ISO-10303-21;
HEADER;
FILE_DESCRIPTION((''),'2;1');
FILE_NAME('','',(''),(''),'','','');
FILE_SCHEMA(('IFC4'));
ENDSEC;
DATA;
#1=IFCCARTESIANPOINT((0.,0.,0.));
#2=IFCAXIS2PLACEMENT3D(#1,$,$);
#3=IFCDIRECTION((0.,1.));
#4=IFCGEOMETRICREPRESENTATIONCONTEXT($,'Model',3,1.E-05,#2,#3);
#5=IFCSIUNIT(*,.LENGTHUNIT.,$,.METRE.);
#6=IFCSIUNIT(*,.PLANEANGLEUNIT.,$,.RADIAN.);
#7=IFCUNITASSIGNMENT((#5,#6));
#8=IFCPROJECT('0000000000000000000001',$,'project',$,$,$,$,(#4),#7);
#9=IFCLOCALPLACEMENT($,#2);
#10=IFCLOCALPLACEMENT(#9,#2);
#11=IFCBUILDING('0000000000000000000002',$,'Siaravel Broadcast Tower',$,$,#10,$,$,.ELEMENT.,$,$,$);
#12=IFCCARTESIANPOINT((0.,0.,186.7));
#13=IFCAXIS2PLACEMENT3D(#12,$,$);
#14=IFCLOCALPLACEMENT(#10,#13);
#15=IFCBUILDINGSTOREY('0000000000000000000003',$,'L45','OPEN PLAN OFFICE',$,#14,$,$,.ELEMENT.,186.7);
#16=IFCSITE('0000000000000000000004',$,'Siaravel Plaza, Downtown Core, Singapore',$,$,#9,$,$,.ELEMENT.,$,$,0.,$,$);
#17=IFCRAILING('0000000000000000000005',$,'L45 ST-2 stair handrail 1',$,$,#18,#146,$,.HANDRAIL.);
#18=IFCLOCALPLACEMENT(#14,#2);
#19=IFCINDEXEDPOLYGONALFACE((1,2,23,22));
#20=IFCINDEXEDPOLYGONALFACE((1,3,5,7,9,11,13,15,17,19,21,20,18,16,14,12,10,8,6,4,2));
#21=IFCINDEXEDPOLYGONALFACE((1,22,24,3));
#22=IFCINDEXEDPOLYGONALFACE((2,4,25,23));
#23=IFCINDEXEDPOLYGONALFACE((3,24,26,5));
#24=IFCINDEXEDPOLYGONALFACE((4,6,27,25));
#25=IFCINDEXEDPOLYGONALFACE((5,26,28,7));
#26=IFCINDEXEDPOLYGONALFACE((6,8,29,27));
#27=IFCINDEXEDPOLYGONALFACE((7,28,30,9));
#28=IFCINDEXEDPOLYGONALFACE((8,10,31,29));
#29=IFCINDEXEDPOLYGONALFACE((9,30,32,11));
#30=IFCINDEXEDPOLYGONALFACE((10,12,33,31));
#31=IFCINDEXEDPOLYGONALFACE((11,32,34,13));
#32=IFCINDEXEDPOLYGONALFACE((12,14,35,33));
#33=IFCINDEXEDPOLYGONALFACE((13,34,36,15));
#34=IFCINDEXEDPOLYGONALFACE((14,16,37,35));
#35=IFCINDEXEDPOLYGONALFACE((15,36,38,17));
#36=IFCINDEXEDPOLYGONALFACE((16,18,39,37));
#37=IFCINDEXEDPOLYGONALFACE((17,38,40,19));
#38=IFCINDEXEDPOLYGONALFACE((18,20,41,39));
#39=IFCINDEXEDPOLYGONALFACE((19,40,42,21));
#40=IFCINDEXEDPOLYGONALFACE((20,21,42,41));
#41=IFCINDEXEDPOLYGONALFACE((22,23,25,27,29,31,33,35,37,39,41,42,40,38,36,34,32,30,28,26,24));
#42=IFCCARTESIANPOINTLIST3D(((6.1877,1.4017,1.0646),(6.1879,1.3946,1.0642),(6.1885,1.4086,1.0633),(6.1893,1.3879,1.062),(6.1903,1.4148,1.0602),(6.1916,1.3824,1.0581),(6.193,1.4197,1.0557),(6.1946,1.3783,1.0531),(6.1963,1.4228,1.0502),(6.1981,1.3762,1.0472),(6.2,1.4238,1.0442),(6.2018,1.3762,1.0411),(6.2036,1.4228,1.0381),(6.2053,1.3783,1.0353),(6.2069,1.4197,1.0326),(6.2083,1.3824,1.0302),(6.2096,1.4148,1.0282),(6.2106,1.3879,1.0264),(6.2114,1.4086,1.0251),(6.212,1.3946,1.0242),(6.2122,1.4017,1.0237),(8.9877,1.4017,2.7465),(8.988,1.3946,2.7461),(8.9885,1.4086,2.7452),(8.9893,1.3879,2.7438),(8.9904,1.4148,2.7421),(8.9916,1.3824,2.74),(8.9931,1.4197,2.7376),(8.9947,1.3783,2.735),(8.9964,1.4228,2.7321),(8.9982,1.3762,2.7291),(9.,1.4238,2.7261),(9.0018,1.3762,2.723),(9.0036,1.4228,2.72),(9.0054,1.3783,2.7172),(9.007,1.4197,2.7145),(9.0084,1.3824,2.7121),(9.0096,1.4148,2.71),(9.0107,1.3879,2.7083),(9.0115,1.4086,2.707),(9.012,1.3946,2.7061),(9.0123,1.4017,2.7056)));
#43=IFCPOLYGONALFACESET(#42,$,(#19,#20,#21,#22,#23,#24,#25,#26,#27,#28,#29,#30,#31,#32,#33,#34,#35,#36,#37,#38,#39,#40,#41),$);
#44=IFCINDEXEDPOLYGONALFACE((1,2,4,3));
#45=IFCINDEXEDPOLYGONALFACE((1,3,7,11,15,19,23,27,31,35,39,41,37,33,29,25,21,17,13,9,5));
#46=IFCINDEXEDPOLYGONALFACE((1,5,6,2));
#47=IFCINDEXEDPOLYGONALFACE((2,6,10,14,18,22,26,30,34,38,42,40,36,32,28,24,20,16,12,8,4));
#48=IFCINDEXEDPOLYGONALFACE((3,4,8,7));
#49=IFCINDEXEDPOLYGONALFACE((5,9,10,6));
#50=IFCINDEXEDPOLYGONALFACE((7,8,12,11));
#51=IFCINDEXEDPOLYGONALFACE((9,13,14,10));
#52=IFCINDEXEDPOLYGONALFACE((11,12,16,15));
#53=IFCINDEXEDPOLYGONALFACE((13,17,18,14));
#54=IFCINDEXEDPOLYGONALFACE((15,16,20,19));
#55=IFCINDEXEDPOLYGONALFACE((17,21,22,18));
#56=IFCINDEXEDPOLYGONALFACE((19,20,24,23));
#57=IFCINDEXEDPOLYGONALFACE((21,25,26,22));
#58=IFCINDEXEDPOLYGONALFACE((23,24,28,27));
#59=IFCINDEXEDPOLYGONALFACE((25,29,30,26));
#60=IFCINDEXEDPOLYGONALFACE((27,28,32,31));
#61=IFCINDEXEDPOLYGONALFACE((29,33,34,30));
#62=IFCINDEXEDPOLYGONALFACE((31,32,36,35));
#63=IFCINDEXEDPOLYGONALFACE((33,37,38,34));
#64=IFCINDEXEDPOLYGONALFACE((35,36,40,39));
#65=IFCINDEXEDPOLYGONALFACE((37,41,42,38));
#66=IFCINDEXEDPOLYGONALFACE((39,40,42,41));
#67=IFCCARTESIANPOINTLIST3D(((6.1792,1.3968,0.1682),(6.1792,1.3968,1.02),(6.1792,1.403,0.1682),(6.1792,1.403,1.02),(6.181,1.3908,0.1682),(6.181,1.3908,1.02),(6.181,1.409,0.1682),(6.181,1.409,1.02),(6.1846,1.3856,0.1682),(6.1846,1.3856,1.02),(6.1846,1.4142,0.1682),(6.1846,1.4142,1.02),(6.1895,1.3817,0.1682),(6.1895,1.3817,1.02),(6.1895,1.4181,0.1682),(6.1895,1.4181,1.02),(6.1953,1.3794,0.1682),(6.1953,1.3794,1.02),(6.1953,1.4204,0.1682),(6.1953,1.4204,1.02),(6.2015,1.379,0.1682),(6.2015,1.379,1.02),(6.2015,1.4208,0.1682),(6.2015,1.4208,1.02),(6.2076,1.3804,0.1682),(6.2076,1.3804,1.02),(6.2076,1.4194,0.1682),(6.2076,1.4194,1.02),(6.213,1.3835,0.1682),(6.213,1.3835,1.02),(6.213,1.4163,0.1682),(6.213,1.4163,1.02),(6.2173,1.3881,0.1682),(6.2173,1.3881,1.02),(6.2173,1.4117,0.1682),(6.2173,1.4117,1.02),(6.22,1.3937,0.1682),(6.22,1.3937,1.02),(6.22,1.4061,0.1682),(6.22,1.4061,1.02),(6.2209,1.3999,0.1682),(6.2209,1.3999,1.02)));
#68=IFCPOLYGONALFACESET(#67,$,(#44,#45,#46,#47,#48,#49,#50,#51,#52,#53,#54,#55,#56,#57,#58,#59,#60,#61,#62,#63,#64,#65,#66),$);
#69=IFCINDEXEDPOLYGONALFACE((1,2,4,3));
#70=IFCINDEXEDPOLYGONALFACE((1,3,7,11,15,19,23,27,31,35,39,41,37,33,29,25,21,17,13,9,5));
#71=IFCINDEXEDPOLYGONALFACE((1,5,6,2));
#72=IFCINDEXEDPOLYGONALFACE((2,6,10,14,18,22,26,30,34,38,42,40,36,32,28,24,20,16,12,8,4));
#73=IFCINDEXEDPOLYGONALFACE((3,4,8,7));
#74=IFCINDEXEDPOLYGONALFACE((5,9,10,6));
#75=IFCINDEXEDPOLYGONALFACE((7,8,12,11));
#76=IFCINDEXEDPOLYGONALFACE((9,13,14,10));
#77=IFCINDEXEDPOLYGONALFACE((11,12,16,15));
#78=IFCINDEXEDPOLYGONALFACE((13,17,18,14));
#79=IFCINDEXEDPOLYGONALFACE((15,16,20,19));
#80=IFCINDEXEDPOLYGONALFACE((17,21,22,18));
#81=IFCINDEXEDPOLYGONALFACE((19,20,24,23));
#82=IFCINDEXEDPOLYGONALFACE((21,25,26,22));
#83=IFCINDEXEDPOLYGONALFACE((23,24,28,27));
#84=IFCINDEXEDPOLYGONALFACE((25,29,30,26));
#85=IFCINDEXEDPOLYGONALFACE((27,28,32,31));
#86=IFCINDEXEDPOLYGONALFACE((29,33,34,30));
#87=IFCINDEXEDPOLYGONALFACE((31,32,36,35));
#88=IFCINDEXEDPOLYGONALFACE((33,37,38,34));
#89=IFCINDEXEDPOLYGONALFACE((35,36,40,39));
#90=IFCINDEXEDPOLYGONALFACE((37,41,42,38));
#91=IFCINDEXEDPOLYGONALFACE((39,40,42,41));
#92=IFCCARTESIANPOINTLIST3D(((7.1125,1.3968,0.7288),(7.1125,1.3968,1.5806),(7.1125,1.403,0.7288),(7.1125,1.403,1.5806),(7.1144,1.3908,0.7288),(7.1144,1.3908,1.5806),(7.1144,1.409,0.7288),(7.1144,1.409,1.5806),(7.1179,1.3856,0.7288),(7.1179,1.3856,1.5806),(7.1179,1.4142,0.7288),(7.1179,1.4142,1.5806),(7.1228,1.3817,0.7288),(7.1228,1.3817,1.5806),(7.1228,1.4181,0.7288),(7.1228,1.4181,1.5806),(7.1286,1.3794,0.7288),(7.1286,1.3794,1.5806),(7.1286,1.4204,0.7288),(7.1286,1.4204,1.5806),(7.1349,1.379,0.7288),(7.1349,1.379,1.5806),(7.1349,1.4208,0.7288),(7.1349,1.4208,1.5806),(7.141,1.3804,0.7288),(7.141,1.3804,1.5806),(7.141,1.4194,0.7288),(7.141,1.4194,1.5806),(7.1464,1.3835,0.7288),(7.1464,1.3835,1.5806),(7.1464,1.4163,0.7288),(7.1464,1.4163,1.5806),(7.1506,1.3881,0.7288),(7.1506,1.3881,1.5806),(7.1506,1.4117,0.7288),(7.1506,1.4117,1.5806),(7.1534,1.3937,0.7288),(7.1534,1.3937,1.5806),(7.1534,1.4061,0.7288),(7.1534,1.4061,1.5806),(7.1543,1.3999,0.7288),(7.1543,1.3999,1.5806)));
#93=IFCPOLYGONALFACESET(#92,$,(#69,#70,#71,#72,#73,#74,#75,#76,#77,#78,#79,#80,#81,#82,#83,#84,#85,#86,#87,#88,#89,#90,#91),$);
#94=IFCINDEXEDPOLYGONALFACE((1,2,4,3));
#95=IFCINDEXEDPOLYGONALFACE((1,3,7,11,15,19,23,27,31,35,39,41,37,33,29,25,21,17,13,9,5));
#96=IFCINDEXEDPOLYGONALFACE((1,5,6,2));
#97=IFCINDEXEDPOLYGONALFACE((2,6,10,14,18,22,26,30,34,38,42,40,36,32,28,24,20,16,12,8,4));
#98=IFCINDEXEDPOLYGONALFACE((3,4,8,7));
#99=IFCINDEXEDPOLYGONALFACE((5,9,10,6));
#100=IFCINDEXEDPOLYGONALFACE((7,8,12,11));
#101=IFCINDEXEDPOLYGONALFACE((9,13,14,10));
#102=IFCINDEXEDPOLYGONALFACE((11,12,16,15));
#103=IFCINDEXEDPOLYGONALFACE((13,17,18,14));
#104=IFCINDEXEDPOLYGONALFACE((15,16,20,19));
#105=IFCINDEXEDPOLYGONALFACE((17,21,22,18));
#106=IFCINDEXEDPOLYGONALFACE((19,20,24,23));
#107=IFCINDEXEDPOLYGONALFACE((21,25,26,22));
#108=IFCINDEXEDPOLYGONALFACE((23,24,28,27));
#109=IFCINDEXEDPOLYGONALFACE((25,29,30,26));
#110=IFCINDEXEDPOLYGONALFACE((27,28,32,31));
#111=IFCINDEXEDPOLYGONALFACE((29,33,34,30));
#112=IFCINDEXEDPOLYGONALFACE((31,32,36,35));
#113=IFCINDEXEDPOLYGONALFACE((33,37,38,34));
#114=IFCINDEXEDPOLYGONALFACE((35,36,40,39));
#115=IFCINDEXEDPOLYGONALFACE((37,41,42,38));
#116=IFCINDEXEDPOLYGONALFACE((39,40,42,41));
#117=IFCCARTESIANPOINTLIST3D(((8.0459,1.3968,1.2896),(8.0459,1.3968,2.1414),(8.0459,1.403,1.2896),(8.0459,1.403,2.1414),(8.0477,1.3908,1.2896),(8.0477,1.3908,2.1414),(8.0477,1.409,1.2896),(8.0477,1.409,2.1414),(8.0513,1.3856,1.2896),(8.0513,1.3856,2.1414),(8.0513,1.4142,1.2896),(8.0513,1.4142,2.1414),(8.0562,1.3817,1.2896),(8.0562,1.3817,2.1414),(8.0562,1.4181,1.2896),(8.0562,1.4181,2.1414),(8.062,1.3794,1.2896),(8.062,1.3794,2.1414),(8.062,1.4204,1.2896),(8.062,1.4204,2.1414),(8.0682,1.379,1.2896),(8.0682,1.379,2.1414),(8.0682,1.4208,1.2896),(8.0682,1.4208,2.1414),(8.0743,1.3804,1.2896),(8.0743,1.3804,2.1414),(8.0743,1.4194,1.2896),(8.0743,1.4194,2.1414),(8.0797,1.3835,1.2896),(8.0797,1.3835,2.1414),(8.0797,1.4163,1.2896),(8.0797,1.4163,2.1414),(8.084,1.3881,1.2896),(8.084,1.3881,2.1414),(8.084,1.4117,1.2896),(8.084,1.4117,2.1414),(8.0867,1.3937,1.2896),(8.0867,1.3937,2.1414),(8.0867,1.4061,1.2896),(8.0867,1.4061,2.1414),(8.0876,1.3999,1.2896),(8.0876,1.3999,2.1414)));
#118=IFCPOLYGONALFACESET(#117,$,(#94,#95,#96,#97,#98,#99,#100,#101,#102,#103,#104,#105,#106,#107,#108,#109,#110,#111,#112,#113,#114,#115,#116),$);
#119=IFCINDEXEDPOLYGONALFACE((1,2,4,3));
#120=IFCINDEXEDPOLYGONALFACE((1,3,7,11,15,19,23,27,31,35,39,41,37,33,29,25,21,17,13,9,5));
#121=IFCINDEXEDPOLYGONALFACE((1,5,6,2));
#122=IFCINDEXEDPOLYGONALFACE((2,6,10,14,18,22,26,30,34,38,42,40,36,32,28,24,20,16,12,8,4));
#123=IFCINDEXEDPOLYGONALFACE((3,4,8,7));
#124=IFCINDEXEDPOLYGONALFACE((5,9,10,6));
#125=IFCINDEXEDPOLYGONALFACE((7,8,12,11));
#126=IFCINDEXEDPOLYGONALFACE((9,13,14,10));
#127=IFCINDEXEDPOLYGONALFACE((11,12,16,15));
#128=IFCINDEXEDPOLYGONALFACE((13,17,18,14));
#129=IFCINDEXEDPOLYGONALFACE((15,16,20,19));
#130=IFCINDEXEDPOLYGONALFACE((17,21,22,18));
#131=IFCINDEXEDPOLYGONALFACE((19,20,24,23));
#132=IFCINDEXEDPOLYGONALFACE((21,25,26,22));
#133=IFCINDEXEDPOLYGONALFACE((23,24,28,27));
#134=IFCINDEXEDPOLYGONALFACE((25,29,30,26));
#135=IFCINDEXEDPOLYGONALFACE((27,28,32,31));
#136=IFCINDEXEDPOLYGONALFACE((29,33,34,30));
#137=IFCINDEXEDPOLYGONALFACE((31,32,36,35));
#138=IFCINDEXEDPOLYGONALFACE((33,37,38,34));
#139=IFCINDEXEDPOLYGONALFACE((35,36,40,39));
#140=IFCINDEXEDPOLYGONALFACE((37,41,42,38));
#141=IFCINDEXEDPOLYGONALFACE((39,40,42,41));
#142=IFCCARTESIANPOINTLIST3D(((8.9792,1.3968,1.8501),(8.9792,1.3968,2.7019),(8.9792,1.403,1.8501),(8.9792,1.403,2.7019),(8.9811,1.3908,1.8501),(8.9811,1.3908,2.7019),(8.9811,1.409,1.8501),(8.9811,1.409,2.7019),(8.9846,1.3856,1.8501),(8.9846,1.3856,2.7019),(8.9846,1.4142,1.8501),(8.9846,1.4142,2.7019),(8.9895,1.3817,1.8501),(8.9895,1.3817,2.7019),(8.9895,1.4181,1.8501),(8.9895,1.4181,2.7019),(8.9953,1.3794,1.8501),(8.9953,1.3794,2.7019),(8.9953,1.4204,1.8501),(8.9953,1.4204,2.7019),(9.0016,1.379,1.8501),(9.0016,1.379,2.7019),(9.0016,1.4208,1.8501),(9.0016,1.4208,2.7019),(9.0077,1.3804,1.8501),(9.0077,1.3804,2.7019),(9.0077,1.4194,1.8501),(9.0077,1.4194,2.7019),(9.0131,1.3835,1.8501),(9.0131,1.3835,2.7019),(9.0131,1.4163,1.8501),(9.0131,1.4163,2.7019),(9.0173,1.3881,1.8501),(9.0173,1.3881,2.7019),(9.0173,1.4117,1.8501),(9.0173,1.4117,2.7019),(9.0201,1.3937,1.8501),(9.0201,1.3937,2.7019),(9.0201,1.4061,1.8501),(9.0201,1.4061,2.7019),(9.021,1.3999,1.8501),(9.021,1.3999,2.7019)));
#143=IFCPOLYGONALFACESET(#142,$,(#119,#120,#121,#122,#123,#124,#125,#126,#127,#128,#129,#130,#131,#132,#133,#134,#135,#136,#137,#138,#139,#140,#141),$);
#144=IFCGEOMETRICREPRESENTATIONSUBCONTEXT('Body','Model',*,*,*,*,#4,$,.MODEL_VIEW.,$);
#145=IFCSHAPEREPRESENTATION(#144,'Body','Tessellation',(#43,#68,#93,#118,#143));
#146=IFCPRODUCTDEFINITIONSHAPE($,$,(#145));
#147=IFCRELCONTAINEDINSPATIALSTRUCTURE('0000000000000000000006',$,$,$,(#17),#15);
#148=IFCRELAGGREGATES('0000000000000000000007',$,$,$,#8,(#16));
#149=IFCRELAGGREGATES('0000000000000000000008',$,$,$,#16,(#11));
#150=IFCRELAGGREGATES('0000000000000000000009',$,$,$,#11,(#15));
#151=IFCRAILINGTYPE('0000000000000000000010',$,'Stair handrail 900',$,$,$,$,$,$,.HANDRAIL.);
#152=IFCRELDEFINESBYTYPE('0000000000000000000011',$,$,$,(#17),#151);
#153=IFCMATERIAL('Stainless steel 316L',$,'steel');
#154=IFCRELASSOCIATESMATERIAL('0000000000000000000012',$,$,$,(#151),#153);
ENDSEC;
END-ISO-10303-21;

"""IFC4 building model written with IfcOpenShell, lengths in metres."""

from ifc_helpers import new_model, si_unit, direction, frame, origin, origin_2d, place, context, subcontext, project, spatial, circle, extrude, material, type_object, element, save


model = new_model("IFC4")

# Units and contexts
model_context = context("Model", 3, precision=1e-05, world=origin(), true_north=direction((0.0, 1.0)))
body_context = subcontext(model_context, "Body", "Model", "MODEL_VIEW")
ifc_project = project(units=[si_unit("LENGTHUNIT", "METRE"), si_unit("PLANEANGLEUNIT", "RADIAN")], contexts=[model_context])

# Site, building, storey
site_placement = place(None, origin())
site = spatial("IfcSite", under=ifc_project, at=site_placement, Name="Siaravel Plaza, Downtown Core, Singapore", CompositionType="ELEMENT", RefElevation=0.0)
building_placement = place(site_placement, origin())
building = spatial("IfcBuilding", under=site, at=building_placement, Name="Siaravel Broadcast Tower", CompositionType="ELEMENT")
storey_placement = place(building_placement, frame((0.0, 0.0, 186.7)))
storey = spatial("IfcBuildingStorey", under=building, at=storey_placement, Name="L45", Description="OPEN PLAN OFFICE", CompositionType="ELEMENT", Elevation=186.7)

# Railing
ifc_material_1 = material(Name="Stainless steel 316L", Category="steel")
railing_type_1 = type_object("IfcRailingType", Name="Stair handrail 900", PredefinedType="HANDRAIL", material=ifc_material_1)
railing_1_placement = place(storey_placement, frame((6.2, 1.3999, 0.1682)))
element("IfcRailing", 1, at=railing_1_placement, inside=storey, type_object=railing_type_1, Name="L45 ST-2 stair handrail 1", PredefinedType="HANDRAIL", context=body_context, shape_type="SweptSolid", body=[
    extrude(circle(Radius=0.0239, at=origin_2d()), frame((0.0, 0.0, 0.876), z_axis=(0.857242, 0.0, 0.514913), x_axis=(0.0, 1.0, 0.0)), (0.0, 0.0, 1.0), 3.2664),
    extrude(circle(Radius=0.021, at=origin_2d()), origin(), (0.0, 0.0, 1.0), 0.8518),
    extrude(circle(Radius=0.021, at=origin_2d()), frame((0.9333, 0.0, 0.5605)), (0.0, 0.0, 1.0), 0.8518),
    extrude(circle(Radius=0.021, at=origin_2d()), frame((1.8667, 0.0, 1.1213)), (0.0, 0.0, 1.0), 0.8518),
    extrude(circle(Radius=0.021, at=origin_2d()), frame((2.8, 0.0, 1.6819)), (0.0, 0.0, 1.0), 0.8518),
])

save(model, "model.ifc")
